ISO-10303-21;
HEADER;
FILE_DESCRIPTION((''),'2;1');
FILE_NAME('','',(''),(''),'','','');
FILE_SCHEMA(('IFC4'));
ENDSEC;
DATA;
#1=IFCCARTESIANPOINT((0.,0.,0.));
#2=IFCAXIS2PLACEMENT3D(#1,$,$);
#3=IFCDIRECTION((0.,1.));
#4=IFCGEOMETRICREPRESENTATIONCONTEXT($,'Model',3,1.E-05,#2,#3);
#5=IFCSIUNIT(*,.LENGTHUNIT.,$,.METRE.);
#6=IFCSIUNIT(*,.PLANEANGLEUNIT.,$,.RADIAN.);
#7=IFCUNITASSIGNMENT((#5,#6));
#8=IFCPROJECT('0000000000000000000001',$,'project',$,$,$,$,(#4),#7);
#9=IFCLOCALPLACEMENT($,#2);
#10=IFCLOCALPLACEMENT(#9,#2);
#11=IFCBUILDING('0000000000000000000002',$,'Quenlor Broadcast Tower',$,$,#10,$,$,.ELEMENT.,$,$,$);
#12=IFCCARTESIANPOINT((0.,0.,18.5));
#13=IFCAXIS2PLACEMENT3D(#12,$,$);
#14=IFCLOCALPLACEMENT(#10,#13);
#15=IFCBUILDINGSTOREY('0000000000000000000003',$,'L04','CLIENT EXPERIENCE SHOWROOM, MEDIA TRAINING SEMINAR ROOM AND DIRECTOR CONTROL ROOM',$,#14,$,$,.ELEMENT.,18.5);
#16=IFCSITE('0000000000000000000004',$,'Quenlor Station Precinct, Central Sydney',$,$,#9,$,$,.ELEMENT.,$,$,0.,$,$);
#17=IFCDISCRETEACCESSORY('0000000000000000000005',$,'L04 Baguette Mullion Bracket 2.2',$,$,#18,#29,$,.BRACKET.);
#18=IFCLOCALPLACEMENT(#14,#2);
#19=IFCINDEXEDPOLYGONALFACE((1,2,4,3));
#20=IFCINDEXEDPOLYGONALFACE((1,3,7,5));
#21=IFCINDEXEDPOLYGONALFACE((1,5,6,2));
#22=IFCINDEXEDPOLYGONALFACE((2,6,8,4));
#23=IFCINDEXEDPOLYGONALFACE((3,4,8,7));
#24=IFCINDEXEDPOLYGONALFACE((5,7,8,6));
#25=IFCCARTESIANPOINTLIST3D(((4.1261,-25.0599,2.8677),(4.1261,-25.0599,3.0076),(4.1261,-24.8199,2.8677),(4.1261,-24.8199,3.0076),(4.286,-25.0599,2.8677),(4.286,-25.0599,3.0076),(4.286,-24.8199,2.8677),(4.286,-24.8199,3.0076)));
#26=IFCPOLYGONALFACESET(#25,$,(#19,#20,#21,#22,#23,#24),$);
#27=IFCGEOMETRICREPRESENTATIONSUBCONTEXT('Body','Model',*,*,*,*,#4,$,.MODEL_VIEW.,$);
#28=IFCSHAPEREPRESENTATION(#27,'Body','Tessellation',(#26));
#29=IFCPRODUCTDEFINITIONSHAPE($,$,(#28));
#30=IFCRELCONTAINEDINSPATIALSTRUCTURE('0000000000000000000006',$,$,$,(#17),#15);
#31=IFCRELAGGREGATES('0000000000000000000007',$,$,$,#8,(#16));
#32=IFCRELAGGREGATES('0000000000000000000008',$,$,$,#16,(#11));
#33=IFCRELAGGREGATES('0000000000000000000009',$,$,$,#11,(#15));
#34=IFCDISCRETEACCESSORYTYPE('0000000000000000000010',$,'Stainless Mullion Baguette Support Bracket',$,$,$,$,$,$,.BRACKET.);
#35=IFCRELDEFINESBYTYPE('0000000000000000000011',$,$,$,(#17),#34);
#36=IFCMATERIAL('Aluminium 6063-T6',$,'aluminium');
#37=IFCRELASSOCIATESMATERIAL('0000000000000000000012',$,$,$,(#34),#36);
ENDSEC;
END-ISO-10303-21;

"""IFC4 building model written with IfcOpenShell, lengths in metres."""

from ifc_helpers import new_model, si_unit, direction, frame, origin, origin_2d, place, context, subcontext, project, spatial, rectangle, extrude, material, type_object, element, save


model = new_model("IFC4")

# Units and contexts
model_context = context("Model", 3, precision=1e-05, world=origin(), true_north=direction((0.0, 1.0)))
body_context = subcontext(model_context, "Body", "Model", "MODEL_VIEW")
ifc_project = project(units=[si_unit("LENGTHUNIT", "METRE"), si_unit("PLANEANGLEUNIT", "RADIAN")], contexts=[model_context])

# Site, building, storey
site_placement = place(None, origin())
site = spatial("IfcSite", under=ifc_project, at=site_placement, Name="Quenlor Station Precinct, Central Sydney", CompositionType="ELEMENT", RefElevation=0.0)
building_placement = place(site_placement, origin())
building = spatial("IfcBuilding", under=site, at=building_placement, Name="Quenlor Broadcast Tower", CompositionType="ELEMENT")
storey_placement = place(building_placement, frame((0.0, 0.0, 18.5)))
storey = spatial("IfcBuildingStorey", under=building, at=storey_placement, Name="L04", Description="CLIENT EXPERIENCE SHOWROOM, MEDIA TRAINING SEMINAR ROOM AND DIRECTOR CONTROL ROOM", CompositionType="ELEMENT", Elevation=18.5)

# Discrete accessory
ifc_material_1 = material(Name="Aluminium 6063-T6", Category="aluminium")
discrete_accessory_type = type_object("IfcDiscreteAccessoryType", Name="Stainless Mullion Baguette Support Bracket", PredefinedType="BRACKET", material=ifc_material_1)
for number, where, z_axis, x_axis, name in (
    (1, (4.2061, -24.9399, 2.8677), (0.0, 0.0, 1.0), (-1.0, 0.0, 0.0), "L04 Baguette Mullion Bracket 2.2"),
):
    element("IfcDiscreteAccessory", number, at=place(storey_placement, frame(where, z_axis=z_axis, x_axis=x_axis)), inside=storey, type_object=discrete_accessory_type, Name=name, PredefinedType="BRACKET", context=body_context, shape_type="SweptSolid", body=[
        extrude(rectangle(XDim=0.1599, YDim=0.24, at=origin_2d()), origin(), (0.0, 0.0, 1.0), 0.1399),
    ])

save(model, "model.ifc")
